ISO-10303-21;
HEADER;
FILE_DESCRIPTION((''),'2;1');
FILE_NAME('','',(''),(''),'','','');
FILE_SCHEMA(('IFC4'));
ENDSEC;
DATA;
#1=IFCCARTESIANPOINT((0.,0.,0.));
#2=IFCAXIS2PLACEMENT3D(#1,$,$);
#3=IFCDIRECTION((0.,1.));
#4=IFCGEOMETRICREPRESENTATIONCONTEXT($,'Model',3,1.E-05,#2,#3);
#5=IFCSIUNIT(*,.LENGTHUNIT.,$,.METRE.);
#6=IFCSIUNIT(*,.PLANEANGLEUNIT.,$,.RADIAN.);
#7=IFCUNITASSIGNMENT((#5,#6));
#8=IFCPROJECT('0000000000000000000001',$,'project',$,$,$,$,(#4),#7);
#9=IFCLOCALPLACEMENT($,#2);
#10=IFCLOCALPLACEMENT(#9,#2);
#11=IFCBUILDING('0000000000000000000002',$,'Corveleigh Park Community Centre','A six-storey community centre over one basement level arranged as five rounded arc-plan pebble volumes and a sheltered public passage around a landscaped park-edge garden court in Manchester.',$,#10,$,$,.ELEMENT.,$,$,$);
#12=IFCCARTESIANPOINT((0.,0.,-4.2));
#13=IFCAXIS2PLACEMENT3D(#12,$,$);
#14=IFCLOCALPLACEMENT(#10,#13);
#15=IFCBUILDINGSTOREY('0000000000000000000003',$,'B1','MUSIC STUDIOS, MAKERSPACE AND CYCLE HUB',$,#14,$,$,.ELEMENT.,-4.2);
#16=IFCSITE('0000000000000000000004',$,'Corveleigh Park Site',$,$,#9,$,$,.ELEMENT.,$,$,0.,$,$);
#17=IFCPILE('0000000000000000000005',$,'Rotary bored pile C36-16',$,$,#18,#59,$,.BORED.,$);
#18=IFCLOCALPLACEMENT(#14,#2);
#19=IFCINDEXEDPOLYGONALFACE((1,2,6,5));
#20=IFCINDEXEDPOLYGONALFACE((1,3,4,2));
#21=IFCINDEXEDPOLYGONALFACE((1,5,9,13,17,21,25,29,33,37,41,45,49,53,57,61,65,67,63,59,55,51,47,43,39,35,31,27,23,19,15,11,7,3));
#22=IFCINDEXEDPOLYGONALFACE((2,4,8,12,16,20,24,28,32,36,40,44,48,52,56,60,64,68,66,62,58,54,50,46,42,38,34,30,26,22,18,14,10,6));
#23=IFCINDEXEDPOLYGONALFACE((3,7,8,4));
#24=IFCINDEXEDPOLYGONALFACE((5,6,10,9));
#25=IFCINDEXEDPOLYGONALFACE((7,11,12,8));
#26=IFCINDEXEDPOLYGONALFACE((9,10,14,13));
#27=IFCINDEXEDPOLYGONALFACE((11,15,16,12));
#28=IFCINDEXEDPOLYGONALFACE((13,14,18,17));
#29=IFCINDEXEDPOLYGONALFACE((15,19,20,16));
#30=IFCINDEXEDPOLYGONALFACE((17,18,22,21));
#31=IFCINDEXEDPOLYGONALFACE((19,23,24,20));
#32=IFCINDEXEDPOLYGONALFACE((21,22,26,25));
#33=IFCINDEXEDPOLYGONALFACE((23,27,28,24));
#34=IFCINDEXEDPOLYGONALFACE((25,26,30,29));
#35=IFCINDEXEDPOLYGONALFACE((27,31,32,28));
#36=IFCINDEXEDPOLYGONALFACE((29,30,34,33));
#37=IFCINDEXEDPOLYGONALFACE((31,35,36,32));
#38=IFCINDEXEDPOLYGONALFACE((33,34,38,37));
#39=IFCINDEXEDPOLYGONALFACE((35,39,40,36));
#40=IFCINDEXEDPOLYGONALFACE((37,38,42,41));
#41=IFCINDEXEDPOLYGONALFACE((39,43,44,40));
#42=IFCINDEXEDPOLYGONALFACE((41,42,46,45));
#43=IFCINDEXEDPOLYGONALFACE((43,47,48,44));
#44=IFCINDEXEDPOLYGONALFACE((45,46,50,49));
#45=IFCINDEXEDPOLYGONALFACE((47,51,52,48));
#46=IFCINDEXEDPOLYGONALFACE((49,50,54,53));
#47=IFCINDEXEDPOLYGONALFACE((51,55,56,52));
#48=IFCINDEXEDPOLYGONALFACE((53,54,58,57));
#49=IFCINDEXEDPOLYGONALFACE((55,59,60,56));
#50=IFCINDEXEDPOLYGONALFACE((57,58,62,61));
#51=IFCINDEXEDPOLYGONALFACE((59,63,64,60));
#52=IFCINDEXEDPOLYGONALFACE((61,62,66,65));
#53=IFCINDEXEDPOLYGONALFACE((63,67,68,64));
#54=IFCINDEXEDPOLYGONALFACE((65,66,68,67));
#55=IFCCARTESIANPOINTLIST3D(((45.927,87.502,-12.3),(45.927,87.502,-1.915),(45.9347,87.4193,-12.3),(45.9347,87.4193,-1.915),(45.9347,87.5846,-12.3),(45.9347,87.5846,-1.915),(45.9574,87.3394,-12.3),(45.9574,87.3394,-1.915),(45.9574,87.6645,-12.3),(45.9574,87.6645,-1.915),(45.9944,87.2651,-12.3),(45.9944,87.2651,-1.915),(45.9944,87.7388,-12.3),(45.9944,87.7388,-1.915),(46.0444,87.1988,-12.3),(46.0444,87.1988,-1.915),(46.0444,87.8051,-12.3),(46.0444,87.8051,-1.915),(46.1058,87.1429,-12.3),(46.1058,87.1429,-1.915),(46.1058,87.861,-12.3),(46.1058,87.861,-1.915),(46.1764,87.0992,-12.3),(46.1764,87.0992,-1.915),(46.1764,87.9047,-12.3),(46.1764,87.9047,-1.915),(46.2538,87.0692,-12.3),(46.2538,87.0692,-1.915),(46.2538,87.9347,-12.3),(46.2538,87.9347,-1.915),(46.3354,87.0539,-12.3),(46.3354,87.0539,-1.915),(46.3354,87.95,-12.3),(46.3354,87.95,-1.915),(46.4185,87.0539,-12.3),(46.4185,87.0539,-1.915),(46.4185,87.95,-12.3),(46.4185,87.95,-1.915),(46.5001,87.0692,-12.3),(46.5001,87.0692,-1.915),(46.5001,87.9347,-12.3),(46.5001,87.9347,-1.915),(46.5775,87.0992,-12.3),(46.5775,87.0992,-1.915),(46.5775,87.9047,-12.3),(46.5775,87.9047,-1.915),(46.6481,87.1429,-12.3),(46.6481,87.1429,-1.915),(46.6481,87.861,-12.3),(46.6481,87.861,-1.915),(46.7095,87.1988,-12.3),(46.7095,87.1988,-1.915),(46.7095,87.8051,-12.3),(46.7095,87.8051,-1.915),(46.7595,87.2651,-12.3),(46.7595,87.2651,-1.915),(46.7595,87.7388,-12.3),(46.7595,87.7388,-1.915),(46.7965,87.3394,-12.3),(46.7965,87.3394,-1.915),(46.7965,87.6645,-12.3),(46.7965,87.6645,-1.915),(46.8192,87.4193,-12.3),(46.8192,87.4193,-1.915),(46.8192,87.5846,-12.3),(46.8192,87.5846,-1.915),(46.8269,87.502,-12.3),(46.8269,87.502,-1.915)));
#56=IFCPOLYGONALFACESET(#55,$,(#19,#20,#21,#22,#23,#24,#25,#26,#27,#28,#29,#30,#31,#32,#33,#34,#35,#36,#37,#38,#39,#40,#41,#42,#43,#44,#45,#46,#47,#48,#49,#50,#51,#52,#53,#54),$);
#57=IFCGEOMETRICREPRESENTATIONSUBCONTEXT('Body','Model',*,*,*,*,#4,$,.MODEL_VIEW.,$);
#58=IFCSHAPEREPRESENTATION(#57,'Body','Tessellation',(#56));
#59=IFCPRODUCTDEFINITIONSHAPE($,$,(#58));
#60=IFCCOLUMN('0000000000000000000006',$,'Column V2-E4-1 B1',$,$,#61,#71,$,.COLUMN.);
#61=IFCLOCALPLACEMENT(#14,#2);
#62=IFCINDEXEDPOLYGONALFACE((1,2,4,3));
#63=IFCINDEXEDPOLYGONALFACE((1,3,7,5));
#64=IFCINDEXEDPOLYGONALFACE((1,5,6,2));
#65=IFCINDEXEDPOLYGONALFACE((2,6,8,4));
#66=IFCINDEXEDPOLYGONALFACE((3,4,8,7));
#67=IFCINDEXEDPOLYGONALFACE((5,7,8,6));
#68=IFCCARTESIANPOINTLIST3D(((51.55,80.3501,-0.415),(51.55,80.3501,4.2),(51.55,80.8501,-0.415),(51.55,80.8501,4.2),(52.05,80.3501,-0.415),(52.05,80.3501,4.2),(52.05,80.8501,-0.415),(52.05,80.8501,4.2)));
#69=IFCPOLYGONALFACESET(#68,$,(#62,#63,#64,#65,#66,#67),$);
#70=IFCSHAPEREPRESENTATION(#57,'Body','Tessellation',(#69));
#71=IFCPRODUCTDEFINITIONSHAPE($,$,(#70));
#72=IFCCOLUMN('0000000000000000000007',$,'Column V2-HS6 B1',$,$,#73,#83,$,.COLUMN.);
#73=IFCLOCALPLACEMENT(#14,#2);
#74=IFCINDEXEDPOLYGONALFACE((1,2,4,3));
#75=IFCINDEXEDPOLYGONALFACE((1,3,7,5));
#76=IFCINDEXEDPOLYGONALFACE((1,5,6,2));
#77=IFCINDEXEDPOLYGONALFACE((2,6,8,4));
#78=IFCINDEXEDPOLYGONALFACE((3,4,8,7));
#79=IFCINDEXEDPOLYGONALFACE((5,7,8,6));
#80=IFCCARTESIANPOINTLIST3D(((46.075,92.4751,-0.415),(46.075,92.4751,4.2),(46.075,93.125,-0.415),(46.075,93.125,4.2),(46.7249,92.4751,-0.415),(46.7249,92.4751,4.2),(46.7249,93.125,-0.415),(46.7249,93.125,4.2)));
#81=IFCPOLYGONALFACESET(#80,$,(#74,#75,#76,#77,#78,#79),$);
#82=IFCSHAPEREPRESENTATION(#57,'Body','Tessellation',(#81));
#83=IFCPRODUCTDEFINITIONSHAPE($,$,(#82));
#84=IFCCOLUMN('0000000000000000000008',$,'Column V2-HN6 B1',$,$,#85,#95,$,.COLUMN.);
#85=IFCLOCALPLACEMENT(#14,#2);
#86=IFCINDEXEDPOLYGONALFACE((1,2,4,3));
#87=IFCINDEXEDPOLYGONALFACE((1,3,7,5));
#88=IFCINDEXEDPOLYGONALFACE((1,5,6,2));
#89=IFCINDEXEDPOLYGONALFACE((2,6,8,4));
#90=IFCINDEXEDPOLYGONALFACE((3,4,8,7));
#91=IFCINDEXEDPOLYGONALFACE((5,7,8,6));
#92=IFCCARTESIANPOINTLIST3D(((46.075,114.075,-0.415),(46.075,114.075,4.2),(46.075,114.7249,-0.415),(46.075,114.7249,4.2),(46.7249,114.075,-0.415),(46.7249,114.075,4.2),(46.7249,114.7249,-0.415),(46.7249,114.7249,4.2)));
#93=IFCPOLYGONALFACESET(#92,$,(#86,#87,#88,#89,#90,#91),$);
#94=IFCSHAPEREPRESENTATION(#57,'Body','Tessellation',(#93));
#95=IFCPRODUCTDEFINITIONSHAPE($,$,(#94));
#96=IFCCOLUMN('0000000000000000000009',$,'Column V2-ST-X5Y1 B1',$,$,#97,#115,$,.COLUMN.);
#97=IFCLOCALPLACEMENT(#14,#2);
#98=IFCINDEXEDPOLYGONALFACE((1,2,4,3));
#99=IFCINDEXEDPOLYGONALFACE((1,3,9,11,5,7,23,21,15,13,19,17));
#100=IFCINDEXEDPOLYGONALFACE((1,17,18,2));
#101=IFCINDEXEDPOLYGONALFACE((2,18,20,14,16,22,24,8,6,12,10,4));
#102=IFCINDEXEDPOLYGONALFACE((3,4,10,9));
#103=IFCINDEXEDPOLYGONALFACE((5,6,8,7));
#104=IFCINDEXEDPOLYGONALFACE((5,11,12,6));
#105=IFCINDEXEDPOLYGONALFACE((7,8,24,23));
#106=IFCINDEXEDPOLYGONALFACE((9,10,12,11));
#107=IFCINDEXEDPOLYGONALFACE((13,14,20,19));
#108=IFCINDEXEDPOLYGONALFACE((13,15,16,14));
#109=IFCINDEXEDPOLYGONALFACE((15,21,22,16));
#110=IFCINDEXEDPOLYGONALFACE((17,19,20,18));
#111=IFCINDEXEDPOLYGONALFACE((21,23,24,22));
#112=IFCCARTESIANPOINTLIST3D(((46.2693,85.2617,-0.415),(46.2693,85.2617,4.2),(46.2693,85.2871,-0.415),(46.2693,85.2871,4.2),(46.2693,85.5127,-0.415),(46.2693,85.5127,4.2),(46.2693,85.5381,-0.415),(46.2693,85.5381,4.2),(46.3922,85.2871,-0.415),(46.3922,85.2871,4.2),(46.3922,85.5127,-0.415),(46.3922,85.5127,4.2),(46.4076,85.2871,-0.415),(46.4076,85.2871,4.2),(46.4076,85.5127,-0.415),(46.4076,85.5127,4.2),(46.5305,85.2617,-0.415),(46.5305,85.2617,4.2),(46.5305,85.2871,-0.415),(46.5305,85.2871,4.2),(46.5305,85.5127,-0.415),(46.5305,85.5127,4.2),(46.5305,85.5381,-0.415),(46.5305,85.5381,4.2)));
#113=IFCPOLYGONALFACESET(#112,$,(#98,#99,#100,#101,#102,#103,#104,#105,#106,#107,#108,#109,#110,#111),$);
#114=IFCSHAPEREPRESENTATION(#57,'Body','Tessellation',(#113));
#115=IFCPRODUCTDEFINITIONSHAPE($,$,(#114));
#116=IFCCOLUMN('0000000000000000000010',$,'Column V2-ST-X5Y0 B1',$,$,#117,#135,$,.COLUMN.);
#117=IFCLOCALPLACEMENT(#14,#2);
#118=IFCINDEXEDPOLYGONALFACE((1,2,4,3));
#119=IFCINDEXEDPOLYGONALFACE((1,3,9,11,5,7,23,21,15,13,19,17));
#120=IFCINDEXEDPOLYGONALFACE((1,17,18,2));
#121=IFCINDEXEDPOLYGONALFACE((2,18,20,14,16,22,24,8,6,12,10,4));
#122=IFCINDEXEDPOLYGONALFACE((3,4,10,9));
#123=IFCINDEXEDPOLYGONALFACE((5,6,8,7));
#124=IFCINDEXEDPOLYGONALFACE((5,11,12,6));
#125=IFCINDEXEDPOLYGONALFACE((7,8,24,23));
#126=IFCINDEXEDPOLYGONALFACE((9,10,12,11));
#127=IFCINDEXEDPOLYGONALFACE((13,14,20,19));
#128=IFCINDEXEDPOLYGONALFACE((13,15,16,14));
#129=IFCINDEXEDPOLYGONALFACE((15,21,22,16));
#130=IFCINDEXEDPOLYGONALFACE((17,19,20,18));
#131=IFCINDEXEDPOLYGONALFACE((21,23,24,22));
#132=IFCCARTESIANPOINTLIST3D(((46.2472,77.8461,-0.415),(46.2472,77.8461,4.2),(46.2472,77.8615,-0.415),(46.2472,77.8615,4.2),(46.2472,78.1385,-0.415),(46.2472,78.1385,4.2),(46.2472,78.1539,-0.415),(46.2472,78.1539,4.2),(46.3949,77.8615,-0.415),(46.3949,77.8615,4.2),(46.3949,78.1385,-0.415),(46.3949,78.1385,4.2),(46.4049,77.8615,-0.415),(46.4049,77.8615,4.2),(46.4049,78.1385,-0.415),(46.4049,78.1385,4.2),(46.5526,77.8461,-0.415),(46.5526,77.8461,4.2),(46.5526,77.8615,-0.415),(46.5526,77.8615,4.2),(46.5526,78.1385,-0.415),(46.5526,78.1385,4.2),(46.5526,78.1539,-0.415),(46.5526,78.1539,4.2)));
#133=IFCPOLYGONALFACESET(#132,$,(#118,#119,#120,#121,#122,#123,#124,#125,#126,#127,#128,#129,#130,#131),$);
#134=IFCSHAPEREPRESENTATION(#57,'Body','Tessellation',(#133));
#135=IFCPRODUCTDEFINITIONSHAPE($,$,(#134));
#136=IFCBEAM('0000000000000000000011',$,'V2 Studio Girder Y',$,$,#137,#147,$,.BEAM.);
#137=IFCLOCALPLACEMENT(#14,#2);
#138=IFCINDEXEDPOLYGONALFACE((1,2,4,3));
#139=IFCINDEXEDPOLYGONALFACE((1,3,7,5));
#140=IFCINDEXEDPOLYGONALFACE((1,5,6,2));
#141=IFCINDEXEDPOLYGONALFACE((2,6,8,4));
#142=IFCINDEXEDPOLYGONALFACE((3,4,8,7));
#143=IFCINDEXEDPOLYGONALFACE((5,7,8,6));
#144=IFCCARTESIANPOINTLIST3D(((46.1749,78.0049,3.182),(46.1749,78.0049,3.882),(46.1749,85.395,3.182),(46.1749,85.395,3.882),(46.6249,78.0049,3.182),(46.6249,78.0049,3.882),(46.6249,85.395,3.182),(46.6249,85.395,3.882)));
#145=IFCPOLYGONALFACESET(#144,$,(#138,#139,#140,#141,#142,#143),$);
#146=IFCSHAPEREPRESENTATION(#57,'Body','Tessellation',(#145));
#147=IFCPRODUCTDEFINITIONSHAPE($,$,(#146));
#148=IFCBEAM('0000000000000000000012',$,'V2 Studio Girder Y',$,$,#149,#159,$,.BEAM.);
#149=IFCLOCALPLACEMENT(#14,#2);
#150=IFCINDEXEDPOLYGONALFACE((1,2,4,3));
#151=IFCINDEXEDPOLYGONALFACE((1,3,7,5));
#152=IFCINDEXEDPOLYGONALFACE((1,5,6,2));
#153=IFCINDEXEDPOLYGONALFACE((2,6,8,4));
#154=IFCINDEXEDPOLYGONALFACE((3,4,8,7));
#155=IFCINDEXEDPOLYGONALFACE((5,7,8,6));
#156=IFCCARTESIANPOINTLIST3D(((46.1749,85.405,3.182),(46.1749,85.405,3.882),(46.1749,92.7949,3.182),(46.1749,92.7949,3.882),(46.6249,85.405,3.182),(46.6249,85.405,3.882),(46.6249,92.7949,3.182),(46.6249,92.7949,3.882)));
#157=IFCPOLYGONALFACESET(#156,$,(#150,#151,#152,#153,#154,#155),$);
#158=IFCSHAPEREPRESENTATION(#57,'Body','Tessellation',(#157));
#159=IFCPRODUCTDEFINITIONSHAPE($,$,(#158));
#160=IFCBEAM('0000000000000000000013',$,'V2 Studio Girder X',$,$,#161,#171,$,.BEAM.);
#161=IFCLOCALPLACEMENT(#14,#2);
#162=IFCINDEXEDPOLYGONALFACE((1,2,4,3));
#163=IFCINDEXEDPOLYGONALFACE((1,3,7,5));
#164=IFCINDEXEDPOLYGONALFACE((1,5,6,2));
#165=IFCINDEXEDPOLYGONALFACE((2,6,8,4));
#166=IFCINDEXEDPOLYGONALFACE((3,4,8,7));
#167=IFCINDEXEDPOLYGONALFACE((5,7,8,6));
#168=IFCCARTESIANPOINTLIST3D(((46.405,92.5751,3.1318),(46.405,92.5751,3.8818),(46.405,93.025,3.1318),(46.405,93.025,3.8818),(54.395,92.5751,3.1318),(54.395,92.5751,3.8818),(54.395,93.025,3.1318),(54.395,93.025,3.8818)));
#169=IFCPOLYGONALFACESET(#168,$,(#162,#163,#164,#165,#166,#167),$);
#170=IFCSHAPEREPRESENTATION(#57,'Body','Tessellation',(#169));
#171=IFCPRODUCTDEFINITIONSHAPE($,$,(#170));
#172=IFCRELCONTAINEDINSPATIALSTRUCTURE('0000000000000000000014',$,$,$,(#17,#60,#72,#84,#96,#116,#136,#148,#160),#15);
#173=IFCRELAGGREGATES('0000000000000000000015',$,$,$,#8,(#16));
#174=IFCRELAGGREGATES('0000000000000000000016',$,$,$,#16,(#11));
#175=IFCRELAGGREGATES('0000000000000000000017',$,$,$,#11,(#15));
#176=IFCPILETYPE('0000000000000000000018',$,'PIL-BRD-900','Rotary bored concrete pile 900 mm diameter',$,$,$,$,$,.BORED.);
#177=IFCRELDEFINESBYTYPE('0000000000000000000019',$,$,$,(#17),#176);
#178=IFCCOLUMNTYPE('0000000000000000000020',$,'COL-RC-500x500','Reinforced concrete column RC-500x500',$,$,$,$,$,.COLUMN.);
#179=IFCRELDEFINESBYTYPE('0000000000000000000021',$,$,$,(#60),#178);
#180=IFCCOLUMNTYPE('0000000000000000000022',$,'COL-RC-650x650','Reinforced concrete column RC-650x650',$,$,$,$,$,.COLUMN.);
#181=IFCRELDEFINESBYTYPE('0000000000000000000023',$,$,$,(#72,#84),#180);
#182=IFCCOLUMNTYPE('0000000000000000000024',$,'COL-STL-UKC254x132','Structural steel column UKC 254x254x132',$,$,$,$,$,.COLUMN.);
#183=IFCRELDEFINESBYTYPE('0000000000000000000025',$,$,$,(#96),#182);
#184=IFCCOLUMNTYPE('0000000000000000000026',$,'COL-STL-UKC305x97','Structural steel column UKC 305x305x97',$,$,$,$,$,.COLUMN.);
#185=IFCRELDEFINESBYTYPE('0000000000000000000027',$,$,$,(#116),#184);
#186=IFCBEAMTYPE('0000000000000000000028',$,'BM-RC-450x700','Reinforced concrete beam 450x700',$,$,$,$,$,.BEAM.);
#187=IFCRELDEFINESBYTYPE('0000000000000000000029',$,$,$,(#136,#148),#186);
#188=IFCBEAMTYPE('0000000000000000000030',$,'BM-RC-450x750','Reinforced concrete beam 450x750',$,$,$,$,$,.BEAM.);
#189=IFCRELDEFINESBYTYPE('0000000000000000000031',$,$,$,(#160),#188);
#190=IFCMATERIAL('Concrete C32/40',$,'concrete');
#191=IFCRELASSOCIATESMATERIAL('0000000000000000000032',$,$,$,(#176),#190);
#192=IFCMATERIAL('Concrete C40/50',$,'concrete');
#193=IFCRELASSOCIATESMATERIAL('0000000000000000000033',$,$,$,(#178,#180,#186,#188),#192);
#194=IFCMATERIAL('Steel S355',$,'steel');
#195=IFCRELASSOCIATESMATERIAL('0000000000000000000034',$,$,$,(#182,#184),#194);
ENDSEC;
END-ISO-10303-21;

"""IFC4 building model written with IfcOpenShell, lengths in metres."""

from ifc_helpers import new_model, si_unit, direction, frame, origin, origin_2d, place, context, subcontext, project, spatial, rectangle, circle, i_section, extrude, material, material_profile, profile_set, type_object, element, save


model = new_model("IFC4")

# Units and contexts
model_context = context("Model", 3, precision=1e-05, world=origin(), true_north=direction((0.0, 1.0)))
body_context = subcontext(model_context, "Body", "Model", "MODEL_VIEW")
ifc_project = project(units=[si_unit("LENGTHUNIT", "METRE"), si_unit("PLANEANGLEUNIT", "RADIAN")], contexts=[model_context])

# Site, building, storey
site_placement = place(None, origin())
site = spatial("IfcSite", under=ifc_project, at=site_placement, Name="Corveleigh Park Site", CompositionType="ELEMENT", RefElevation=0.0)
building_placement = place(site_placement, origin())
building = spatial("IfcBuilding", under=site, at=building_placement, Name="Corveleigh Park Community Centre", Description="A six-storey community centre over one basement level arranged as five rounded arc-plan pebble volumes and a sheltered public passage around a landscaped park-edge garden court in Manchester.", CompositionType="ELEMENT")
storey_placement = place(building_placement, frame((0.0, 0.0, -4.2)))
storey = spatial("IfcBuildingStorey", under=building, at=storey_placement, Name="B1", Description="MUSIC STUDIOS, MAKERSPACE AND CYCLE HUB", CompositionType="ELEMENT", Elevation=-4.2)

# Shared definitions
ifc_material_1 = material(Name="Concrete C40/50", Category="concrete")

# Pile
ifc_material_2 = material(Name="Concrete C32/40", Category="concrete")
ifc_material_profile_1 = material_profile(ifc_material_2, circle(Radius=0.45, at=origin_2d()), Name="BORED-PILE-900", Category="concrete")
ifc_profile_set_1 = profile_set([ifc_material_profile_1], Name="Concrete C32/40")
pile_type_1 = type_object("IfcPileType", Name="PIL-BRD-900", Description="Rotary bored concrete pile 900 mm diameter", PredefinedType="BORED", material=ifc_profile_set_1)
for number, where, z_axis, x_axis, name in (
    (1, (46.377, 87.502, -1.915), (0.0, 0.0, -1.0), (1.0, 0.0, 0.0), "Rotary bored pile C36-16"),
):
    element("IfcPile", number, at=place(storey_placement, frame(where, z_axis=z_axis, x_axis=x_axis)), inside=storey, type_object=pile_type_1, Name=name, PredefinedType="BORED", context=body_context, shape_type="SweptSolid", body=[
        extrude(circle(Radius=0.45, at=origin_2d()), origin(), (0.0, 0.0, 1.0), 10.385),
    ])

# Columns
ifc_material_profile_2 = material_profile(ifc_material_1, rectangle(XDim=0.5, YDim=0.5, at=origin_2d()), Name="RC-500x500", Category="concrete")
ifc_profile_set_2 = profile_set([ifc_material_profile_2], Name="Concrete C40/50")
column_type_1 = type_object("IfcColumnType", Name="COL-RC-500x500", Description="Reinforced concrete column RC-500x500", PredefinedType="COLUMN", material=ifc_profile_set_2)
column_1_placement = place(storey_placement, frame((51.8, 80.6001, -0.415), z_axis=(0.0, 0.0, 1.0), x_axis=(1.0, 0.0, 0.0)))
element("IfcColumn", 2, at=column_1_placement, inside=storey, type_object=column_type_1, Name="Column V2-E4-1 B1", PredefinedType="COLUMN", context=body_context, shape_type="SweptSolid", body=[
    extrude(rectangle(XDim=0.5, YDim=0.5, at=origin_2d()), origin(), (0.0, 0.0, 1.0), 4.615),
])
ifc_material_profile_3 = material_profile(ifc_material_1, rectangle(XDim=0.6499, YDim=0.6499, at=origin_2d()), Name="RC-650x650", Category="concrete")
ifc_profile_set_3 = profile_set([ifc_material_profile_3], Name="Concrete C40/50")
column_type_2 = type_object("IfcColumnType", Name="COL-RC-650x650", Description="Reinforced concrete column RC-650x650", PredefinedType="COLUMN", material=ifc_profile_set_3)
for number, where, z_axis, x_axis, name in (
    (3, (46.3999, 92.8, -0.415), (0.0, 0.0, 1.0), (1.0, 0.0, 0.0), "Column V2-HS6 B1"),
    (4, (46.3999, 114.3999, -0.415), (0.0, 0.0, 1.0), (1.0, 0.0, 0.0), "Column V2-HN6 B1"),
):
    element("IfcColumn", number, at=place(storey_placement, frame(where, z_axis=z_axis, x_axis=x_axis)), inside=storey, type_object=column_type_2, Name=name, PredefinedType="COLUMN", context=body_context, shape_type="SweptSolid", body=[
        extrude(rectangle(XDim=0.6499, YDim=0.6499, at=origin_2d()), origin(), (0.0, 0.0, 1.0), 4.615),
    ])
ifc_material_3 = material(Name="Steel S355", Category="steel")
ifc_material_profile_4 = material_profile(ifc_material_3, i_section(OverallWidth=0.2612, OverallDepth=0.2764, WebThickness=0.0154, FlangeThickness=0.0254, at=origin_2d()), Name="UKC 254x254x132", Category="steel")
ifc_profile_set_4 = profile_set([ifc_material_profile_4], Name="Steel S355")
column_type_3 = type_object("IfcColumnType", Name="COL-STL-UKC254x132", Description="Structural steel column UKC 254x254x132", PredefinedType="COLUMN", material=ifc_profile_set_4)
column_2_placement = place(storey_placement, frame((46.3999, 85.3999, -0.415), z_axis=(0.0, 0.0, 1.0), x_axis=(1.0, 0.0, 0.0)))
element("IfcColumn", 5, at=column_2_placement, inside=storey, type_object=column_type_3, Name="Column V2-ST-X5Y1 B1", PredefinedType="COLUMN", context=body_context, shape_type="SweptSolid", body=[
    extrude(i_section(OverallWidth=0.2612, OverallDepth=0.2764, WebThickness=0.0154, FlangeThickness=0.0254, at=origin_2d()), origin(), (0.0, 0.0, 1.0), 4.615),
])
ifc_material_profile_5 = material_profile(ifc_material_3, i_section(OverallWidth=0.3054, OverallDepth=0.3079, WebThickness=0.01, FlangeThickness=0.0154, at=origin_2d()), Name="UKC 305x305x97", Category="steel")
ifc_profile_set_5 = profile_set([ifc_material_profile_5], Name="Steel S355")
column_type_4 = type_object("IfcColumnType", Name="COL-STL-UKC305x97", Description="Structural steel column UKC 305x305x97", PredefinedType="COLUMN", material=ifc_profile_set_5)
column_3_placement = place(storey_placement, frame((46.3999, 78.0, -0.415), z_axis=(0.0, 0.0, 1.0), x_axis=(1.0, 0.0, 0.0)))
element("IfcColumn", 6, at=column_3_placement, inside=storey, type_object=column_type_4, Name="Column V2-ST-X5Y0 B1", PredefinedType="COLUMN", context=body_context, shape_type="SweptSolid", body=[
    extrude(i_section(OverallWidth=0.3054, OverallDepth=0.3079, WebThickness=0.01, FlangeThickness=0.0154, at=origin_2d()), origin(), (0.0, 0.0, 1.0), 4.615),
])

# Beams
ifc_material_profile_6 = material_profile(ifc_material_1, rectangle(XDim=0.45, YDim=0.7, at=origin_2d()), Name="RC-450x700", Category="concrete")
ifc_profile_set_6 = profile_set([ifc_material_profile_6], Name="Concrete C40/50")
beam_type_1 = type_object("IfcBeamType", Name="BM-RC-450x700", Description="Reinforced concrete beam 450x700", PredefinedType="BEAM", material=ifc_profile_set_6)
beam_1_placement = place(storey_placement, frame((46.3999, 78.0049, 3.532), z_axis=(0.0, 1.0, 0.0), x_axis=(-1.0, 0.0, 0.0)))
element("IfcBeam", 7, at=beam_1_placement, inside=storey, type_object=beam_type_1, Name="V2 Studio Girder Y", PredefinedType="BEAM", context=body_context, shape_type="SweptSolid", body=[
    extrude(rectangle(XDim=0.45, YDim=0.7, at=origin_2d()), origin(), (0.0, 0.0, 1.0), 7.3901),
])
beam_2_placement = place(storey_placement, frame((46.3999, 85.405, 3.532), z_axis=(0.0, 1.0, 0.0), x_axis=(-1.0, 0.0, 0.0)))
element("IfcBeam", 8, at=beam_2_placement, inside=storey, type_object=beam_type_1, Name="V2 Studio Girder Y", PredefinedType="BEAM", context=body_context, shape_type="SweptSolid", body=[
    extrude(rectangle(XDim=0.45, YDim=0.7, at=origin_2d()), origin(), (0.0, 0.0, 1.0), 7.3899),
])
ifc_material_profile_7 = material_profile(ifc_material_1, rectangle(XDim=0.45, YDim=0.75, at=origin_2d()), Name="RC-450x750", Category="concrete")
ifc_profile_set_7 = profile_set([ifc_material_profile_7], Name="Concrete C40/50")
beam_type_2 = type_object("IfcBeamType", Name="BM-RC-450x750", Description="Reinforced concrete beam 450x750", PredefinedType="BEAM", material=ifc_profile_set_7)
beam_3_placement = place(storey_placement, frame((46.405, 92.8, 3.5068), z_axis=(1.0, 0.0, 0.0), x_axis=(0.0, 1.0, 0.0)))
element("IfcBeam", 9, at=beam_3_placement, inside=storey, type_object=beam_type_2, Name="V2 Studio Girder X", PredefinedType="BEAM", context=body_context, shape_type="SweptSolid", body=[
    extrude(rectangle(XDim=0.45, YDim=0.75, at=origin_2d()), origin(), (0.0, 0.0, 1.0), 7.99),
])

save(model, "model.ifc")
